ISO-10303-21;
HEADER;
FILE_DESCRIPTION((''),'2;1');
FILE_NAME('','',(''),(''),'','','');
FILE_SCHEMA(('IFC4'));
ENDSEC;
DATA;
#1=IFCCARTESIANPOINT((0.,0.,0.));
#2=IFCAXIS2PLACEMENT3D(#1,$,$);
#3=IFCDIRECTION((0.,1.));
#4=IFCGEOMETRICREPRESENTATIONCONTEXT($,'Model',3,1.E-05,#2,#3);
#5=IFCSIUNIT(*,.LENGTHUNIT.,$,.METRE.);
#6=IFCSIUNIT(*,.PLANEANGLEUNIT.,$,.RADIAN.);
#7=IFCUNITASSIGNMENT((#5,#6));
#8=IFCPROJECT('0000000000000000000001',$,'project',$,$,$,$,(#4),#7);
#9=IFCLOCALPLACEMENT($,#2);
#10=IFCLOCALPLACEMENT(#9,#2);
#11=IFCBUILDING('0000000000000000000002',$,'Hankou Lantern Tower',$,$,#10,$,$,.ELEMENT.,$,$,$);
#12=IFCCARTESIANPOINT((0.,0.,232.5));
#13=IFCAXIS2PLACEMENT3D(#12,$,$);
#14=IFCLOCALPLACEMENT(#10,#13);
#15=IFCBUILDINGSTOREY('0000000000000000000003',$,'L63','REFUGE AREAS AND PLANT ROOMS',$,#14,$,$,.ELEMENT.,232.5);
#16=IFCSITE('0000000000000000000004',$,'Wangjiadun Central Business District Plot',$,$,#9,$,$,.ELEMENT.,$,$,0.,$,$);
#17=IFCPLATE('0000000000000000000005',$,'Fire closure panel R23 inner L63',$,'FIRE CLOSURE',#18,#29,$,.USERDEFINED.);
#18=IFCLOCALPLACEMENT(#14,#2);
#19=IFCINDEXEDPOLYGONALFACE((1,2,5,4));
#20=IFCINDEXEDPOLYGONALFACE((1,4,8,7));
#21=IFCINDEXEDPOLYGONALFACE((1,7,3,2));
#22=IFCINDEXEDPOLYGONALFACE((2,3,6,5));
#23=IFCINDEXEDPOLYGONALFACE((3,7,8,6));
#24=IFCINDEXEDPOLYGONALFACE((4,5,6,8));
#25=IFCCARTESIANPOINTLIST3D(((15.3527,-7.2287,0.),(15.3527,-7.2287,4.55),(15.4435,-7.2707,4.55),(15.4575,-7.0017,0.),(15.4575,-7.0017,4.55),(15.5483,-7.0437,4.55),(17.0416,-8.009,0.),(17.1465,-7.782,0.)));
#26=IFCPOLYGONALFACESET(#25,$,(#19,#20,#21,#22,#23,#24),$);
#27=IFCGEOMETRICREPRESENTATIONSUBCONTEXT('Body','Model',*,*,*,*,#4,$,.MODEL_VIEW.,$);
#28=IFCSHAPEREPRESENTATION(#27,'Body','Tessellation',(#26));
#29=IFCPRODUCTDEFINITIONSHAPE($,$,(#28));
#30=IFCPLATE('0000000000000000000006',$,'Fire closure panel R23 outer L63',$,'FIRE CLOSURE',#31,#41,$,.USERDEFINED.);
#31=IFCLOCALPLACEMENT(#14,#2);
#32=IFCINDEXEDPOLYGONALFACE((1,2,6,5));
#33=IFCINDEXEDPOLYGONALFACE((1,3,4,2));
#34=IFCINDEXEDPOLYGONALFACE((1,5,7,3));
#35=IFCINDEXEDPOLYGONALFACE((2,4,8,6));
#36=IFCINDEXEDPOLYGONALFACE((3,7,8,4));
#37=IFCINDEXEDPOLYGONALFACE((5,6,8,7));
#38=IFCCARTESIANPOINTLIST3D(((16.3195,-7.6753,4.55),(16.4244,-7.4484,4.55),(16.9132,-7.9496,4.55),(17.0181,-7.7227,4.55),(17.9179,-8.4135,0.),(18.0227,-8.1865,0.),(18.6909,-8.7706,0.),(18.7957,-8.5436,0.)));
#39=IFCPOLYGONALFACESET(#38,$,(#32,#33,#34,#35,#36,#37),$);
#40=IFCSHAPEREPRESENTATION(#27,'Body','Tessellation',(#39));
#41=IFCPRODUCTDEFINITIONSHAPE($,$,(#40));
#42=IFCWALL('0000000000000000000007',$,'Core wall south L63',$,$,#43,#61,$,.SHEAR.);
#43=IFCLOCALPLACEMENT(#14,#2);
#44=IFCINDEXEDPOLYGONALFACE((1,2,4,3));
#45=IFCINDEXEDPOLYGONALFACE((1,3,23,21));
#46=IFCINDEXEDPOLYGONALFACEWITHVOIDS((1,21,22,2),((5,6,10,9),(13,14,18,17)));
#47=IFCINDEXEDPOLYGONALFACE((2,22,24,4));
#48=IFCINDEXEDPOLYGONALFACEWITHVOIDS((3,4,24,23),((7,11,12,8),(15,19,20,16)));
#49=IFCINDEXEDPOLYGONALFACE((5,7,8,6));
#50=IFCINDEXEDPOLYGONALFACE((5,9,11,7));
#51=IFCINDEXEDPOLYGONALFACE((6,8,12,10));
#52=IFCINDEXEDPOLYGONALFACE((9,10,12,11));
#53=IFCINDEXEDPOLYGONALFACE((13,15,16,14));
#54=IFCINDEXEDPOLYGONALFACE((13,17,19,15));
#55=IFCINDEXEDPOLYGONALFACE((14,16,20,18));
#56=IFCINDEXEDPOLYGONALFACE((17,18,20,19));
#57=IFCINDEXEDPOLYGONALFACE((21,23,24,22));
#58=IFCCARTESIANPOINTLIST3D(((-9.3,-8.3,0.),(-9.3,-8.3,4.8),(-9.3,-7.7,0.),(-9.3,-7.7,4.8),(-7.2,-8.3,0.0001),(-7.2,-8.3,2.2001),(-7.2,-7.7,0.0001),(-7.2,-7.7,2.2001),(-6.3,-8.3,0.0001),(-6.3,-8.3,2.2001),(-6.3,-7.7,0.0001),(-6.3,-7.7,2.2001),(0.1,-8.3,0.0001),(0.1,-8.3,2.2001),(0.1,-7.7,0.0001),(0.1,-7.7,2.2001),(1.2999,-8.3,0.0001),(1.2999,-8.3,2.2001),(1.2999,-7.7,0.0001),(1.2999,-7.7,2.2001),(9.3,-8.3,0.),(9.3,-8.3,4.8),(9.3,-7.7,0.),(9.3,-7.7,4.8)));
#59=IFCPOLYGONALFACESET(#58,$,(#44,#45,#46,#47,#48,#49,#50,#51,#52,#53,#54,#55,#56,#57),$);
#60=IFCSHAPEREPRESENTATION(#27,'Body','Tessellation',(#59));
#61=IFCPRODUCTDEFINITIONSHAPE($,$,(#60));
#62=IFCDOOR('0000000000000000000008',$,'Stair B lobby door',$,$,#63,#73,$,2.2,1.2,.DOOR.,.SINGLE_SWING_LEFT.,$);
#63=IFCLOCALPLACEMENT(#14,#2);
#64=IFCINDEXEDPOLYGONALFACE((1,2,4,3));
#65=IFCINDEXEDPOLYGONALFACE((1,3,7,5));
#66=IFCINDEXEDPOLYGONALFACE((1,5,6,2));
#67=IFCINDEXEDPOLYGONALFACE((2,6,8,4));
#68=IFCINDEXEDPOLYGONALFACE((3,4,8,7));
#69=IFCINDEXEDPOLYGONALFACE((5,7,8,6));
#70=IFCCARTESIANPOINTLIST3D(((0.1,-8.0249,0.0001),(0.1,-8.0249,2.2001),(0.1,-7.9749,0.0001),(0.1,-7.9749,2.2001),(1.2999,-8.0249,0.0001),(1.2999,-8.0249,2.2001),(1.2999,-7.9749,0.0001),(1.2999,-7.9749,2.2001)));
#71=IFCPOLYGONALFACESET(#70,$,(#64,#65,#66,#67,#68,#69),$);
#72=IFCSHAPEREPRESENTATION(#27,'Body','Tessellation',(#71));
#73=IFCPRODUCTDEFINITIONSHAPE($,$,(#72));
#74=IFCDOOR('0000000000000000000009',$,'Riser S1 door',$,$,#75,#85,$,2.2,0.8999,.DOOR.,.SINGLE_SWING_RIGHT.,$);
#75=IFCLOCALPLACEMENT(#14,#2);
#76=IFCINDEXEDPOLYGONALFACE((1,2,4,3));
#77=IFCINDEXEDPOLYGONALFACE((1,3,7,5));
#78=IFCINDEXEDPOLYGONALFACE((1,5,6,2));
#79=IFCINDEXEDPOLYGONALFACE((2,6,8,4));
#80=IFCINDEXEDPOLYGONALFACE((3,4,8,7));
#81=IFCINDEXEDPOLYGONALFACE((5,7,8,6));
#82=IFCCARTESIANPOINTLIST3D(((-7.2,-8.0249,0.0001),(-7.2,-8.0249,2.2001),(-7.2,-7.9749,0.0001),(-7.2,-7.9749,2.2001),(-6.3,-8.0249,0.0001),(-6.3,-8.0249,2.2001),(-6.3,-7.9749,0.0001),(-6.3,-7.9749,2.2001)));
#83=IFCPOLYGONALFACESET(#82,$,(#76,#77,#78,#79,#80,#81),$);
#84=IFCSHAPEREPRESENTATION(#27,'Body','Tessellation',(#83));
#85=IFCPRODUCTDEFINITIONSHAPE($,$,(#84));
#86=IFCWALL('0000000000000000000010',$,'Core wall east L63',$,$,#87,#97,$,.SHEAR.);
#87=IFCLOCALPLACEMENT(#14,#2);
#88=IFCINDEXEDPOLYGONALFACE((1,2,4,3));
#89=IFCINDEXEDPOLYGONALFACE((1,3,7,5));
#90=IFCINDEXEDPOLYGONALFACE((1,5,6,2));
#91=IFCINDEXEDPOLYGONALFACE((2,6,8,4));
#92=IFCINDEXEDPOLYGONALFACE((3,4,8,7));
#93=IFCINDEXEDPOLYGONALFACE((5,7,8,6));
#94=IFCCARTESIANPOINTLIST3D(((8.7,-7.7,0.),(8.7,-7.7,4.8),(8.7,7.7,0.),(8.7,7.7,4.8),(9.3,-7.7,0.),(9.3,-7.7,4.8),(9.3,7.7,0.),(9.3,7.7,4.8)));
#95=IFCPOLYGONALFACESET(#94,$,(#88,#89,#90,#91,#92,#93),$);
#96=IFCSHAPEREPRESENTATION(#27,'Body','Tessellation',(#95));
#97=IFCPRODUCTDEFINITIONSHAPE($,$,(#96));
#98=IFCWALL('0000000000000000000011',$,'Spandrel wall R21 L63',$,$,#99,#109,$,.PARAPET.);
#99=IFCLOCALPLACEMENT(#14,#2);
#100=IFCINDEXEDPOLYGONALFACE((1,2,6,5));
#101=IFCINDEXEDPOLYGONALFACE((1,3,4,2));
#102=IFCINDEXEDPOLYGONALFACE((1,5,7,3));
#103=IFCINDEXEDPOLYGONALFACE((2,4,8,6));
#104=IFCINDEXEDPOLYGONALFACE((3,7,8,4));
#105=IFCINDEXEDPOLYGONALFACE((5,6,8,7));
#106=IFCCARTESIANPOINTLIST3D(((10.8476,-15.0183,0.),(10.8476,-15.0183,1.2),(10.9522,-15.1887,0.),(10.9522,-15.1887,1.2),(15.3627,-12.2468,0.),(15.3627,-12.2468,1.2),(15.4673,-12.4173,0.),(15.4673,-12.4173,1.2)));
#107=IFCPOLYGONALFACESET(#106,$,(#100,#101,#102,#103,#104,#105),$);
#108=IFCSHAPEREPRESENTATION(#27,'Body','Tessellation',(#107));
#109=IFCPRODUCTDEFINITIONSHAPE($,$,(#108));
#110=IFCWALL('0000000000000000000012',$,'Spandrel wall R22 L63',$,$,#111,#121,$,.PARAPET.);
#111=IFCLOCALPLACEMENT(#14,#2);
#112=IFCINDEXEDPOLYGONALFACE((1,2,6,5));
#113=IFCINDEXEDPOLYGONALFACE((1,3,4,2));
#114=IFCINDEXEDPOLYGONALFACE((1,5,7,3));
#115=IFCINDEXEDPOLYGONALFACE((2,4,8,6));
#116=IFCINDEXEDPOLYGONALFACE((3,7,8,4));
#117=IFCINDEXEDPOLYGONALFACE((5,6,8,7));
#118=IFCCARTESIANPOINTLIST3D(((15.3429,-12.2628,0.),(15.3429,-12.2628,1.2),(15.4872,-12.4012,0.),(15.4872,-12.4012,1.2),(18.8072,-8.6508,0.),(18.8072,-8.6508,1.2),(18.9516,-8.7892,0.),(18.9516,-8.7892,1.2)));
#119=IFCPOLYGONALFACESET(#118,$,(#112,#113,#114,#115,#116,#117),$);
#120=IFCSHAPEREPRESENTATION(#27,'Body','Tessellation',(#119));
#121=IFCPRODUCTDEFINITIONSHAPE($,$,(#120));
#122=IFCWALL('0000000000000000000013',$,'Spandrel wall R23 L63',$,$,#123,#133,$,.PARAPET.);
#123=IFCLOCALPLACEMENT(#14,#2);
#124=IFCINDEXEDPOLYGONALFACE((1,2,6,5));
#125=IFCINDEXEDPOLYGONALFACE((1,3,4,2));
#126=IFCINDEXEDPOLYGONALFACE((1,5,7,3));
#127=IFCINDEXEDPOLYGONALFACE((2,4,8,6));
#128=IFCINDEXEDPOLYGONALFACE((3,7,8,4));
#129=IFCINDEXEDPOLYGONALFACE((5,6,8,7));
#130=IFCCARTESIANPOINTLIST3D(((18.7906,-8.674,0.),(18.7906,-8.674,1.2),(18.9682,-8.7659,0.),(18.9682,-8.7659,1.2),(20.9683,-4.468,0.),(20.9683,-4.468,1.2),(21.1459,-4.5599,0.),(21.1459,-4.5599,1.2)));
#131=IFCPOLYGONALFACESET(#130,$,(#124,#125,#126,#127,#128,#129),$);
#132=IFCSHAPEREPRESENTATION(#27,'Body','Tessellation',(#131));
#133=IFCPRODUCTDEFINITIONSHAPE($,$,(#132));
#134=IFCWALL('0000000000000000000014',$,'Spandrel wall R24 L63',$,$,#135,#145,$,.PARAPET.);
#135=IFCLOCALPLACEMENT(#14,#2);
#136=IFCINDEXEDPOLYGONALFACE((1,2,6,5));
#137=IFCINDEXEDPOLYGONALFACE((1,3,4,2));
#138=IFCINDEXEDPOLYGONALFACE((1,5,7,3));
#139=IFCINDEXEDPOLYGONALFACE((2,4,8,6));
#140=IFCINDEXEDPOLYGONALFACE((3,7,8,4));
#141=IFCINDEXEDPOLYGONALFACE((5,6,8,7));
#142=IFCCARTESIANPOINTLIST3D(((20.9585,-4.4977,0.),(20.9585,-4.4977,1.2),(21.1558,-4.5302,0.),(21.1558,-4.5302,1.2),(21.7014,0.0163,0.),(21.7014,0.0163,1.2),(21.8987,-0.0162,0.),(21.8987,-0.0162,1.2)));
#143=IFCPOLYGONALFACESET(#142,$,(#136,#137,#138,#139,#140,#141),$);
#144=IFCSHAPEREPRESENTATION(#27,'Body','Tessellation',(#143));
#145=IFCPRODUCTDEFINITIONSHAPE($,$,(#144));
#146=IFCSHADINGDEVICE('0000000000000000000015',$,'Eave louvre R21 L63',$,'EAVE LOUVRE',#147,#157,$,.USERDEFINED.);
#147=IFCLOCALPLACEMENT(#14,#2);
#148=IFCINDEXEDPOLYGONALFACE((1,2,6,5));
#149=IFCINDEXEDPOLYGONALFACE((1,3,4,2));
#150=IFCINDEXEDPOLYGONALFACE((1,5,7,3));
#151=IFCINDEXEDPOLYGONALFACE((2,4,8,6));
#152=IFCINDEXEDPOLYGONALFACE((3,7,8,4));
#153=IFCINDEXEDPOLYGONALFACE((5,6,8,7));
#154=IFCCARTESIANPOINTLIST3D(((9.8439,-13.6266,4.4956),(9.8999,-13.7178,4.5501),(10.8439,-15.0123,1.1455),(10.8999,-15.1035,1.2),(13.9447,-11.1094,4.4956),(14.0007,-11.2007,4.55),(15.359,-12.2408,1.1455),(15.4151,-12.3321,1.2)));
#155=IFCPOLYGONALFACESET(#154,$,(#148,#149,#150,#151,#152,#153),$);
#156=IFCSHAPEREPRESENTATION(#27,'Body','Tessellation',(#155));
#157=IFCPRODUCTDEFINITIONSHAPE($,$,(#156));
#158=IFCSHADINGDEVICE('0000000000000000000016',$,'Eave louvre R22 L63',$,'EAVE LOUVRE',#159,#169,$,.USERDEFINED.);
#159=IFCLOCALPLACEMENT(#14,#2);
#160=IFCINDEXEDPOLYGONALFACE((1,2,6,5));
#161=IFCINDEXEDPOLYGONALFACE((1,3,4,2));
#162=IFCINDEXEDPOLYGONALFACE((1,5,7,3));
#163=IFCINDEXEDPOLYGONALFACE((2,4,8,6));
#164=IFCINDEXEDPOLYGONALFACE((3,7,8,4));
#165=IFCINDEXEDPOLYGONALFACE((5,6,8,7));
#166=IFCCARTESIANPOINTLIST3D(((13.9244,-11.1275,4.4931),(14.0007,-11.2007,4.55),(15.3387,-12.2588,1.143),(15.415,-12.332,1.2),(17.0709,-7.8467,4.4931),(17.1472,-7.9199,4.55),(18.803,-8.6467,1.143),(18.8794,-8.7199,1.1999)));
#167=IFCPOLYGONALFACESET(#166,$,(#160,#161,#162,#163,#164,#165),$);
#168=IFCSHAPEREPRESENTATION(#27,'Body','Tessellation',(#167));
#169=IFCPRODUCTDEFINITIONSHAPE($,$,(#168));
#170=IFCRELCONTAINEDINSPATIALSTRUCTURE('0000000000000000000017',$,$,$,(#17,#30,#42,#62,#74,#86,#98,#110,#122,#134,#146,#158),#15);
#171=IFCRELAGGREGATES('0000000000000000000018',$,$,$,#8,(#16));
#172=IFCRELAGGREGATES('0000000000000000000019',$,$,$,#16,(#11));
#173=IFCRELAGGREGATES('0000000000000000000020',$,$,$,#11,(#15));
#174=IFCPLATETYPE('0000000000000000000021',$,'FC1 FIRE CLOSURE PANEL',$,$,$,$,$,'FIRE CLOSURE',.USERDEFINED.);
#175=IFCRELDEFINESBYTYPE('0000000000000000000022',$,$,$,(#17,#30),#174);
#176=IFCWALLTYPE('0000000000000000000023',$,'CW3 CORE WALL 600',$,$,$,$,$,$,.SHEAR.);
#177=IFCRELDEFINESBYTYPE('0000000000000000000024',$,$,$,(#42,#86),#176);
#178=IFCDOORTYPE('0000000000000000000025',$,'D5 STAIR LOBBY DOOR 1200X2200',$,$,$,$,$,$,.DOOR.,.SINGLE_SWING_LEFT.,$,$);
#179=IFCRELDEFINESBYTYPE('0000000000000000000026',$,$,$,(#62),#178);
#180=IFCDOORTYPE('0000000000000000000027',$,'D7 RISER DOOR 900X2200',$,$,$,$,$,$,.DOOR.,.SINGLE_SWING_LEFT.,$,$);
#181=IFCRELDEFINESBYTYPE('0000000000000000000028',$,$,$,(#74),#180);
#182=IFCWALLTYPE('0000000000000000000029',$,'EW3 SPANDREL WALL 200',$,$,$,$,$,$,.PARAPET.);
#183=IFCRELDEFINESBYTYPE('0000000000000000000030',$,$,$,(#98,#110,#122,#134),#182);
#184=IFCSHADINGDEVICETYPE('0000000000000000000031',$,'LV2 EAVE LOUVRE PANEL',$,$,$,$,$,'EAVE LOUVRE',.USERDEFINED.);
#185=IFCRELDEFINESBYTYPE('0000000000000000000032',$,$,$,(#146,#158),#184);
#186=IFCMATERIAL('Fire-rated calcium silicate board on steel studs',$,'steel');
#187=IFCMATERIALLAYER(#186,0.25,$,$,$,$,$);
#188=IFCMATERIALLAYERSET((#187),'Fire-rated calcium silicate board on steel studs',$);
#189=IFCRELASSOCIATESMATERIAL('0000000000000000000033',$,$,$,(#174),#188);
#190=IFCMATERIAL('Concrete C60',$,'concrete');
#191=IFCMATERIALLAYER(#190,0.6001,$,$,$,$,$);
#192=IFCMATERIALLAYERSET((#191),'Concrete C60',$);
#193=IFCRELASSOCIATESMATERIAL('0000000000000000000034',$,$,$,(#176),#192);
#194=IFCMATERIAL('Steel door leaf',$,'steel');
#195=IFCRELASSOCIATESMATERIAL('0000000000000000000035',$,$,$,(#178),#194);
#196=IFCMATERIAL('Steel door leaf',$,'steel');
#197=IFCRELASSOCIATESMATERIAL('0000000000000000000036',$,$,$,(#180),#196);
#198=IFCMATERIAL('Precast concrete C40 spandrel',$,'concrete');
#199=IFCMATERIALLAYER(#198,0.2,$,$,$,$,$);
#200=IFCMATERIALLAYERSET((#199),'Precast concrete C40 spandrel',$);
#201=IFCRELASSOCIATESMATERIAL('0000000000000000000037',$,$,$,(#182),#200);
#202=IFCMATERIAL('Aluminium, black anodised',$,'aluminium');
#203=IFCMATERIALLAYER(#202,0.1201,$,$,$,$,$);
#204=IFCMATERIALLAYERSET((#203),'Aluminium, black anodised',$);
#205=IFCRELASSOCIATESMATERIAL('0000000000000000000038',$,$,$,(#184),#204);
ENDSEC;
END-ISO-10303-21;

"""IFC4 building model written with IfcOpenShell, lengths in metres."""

from ifc_helpers import new_model, si_unit, direction, frame, frame_2d, origin, place, context, subcontext, project, spatial, polyline, rectangle, outline, extrude, material, layer, layer_set, type_object, element, fill, save


model = new_model("IFC4")

# Units and contexts
model_context = context("Model", 3, precision=1e-05, world=origin(), true_north=direction((0.0, 1.0)))
body_context = subcontext(model_context, "Body", "Model", "MODEL_VIEW")
ifc_project = project(units=[si_unit("LENGTHUNIT", "METRE"), si_unit("PLANEANGLEUNIT", "RADIAN")], contexts=[model_context])

# Site, building, storey
site_placement = place(None, origin())
site = spatial("IfcSite", under=ifc_project, at=site_placement, Name="Wangjiadun Central Business District Plot", CompositionType="ELEMENT", RefElevation=0.0)
building_placement = place(site_placement, origin())
building = spatial("IfcBuilding", under=site, at=building_placement, Name="Hankou Lantern Tower", CompositionType="ELEMENT")
storey_placement = place(building_placement, frame((0.0, 0.0, 232.5)))
storey = spatial("IfcBuildingStorey", under=building, at=storey_placement, Name="L63", Description="REFUGE AREAS AND PLANT ROOMS", CompositionType="ELEMENT", Elevation=232.5)

# Plates
ifc_material_1 = material(Name="Fire-rated calcium silicate board on steel studs", Category="steel")
ifc_layer_1 = layer(ifc_material_1, 0.25)
ifc_layer_set_1 = layer_set([ifc_layer_1], Name="Fire-rated calcium silicate board on steel studs")
plate_type = type_object("IfcPlateType", Name="FC1 FIRE CLOSURE PANEL", ElementType="FIRE CLOSURE", PredefinedType="USERDEFINED", material=ifc_layer_set_1)
plate_1_placement = place(storey_placement, frame((15.4575, -7.0017, 0.0), z_axis=(0.419406, 0.907799, 0.000007), x_axis=(0.907799, -0.419406, 0.0)))
element("IfcPlate", 1, at=plate_1_placement, inside=storey, type_object=plate_type, Name="Fire closure panel R23 inner L63", ObjectType="FIRE CLOSURE", PredefinedType="USERDEFINED", context=body_context, shape_type="SweptSolid", body=[
    extrude(outline(polyline([(0.0, 0.0), (1.8605, 0.0), (0.1001, -4.55), (0.0, -4.55), (0.0, 0.0)])), origin(), (0.0, 0.0, -1.0), 0.25),
])
plate_2_placement = place(storey_placement, frame((18.0227, -8.1865, 0.0), z_axis=(0.419367, 0.907817, 0.000045), x_axis=(0.907817, -0.419367, 0.0)))
element("IfcPlate", 2, at=plate_2_placement, inside=storey, type_object=plate_type, Name="Fire closure panel R23 outer L63", ObjectType="FIRE CLOSURE", PredefinedType="USERDEFINED", context=body_context, shape_type="SweptSolid", body=[
    extrude(outline(polyline([(0.0, 0.0), (0.8515, 0.0), (-1.1066, -4.55), (-1.7606, -4.55), (0.0, 0.0)])), origin(), (0.0, 0.0, -1.0), 0.25),
])

# Wall, openings, doors
ifc_material_2 = material(Name="Concrete C60", Category="concrete")
ifc_layer_2 = layer(ifc_material_2, 0.6001)
ifc_layer_set_2 = layer_set([ifc_layer_2], Name="Concrete C60")
wall_type_1 = type_object("IfcWallType", Name="CW3 CORE WALL 600", PredefinedType="SHEAR", material=ifc_layer_set_2)
wall_1_placement = place(storey_placement, frame((9.3, -8.0, 0.0), z_axis=(0.0, 0.0, 1.0), x_axis=(-1.0, 0.0, 0.0)))
wall_1 = element("IfcWall", 3, at=wall_1_placement, inside=storey, type_object=wall_type_1, Name="Core wall south L63", PredefinedType="SHEAR", context=body_context, shape_type="SweptSolid", body=[
    extrude(rectangle(XDim=18.6001, YDim=0.6001, at=frame_2d((9.3, 0.0))), origin(), (0.0, 0.0, 1.0), 4.8),
])
opening_1_placement = place(wall_1_placement, frame((8.0, 0.0, 0.0)))
opening_1 = element("IfcOpeningElement", 4, at=opening_1_placement, cuts=wall_1, PredefinedType="OPENING", context=body_context, shape_type="SweptSolid", body=[
    extrude(rectangle(XDim=1.2, YDim=2.2, at=frame_2d((0.6001, 1.1001))), frame((0.0, 0.3101, 0.0), z_axis=(0.0, -1.0, 0.0), x_axis=(1.0, 0.0, 0.0)), (0.0, 0.0, 1.0), 0.6201),
])
opening_2_placement = place(wall_1_placement, frame((15.6001, 0.0, 0.0)))
opening_2 = element("IfcOpeningElement", 5, at=opening_2_placement, cuts=wall_1, PredefinedType="OPENING", context=body_context, shape_type="SweptSolid", body=[
    extrude(rectangle(XDim=0.8999, YDim=2.2, at=frame_2d((0.45, 1.1001))), frame((0.0, 0.3101, 0.0), z_axis=(0.0, -1.0, 0.0), x_axis=(1.0, 0.0, 0.0)), (0.0, 0.0, 1.0), 0.6201),
])
ifc_material_3 = material(Name="Steel door leaf", Category="steel")
door_type_1 = type_object("IfcDoorType", Name="D5 STAIR LOBBY DOOR 1200X2200", OperationType="SINGLE_SWING_LEFT", PredefinedType="DOOR", material=ifc_material_3)
door_1_placement = place(opening_1_placement, origin())
door_1 = element("IfcDoor", 6, at=door_1_placement, inside=storey, type_object=door_type_1, Name="Stair B lobby door", OperationType="SINGLE_SWING_LEFT", OverallHeight=2.2, OverallWidth=1.2, PredefinedType="DOOR", context=body_context, shape_type="SweptSolid", body=[
    extrude(rectangle(XDim=1.2, YDim=2.2, at=frame_2d((0.6001, 1.1001))), frame((0.0, 0.0249, 0.0), z_axis=(0.0, -1.0, 0.0), x_axis=(1.0, 0.0, 0.0)), (0.0, 0.0, 1.0), 0.05),
])
fill(opening_1, door_1)
ifc_material_4 = material(Name="Steel door leaf", Category="steel")
door_type_2 = type_object("IfcDoorType", Name="D7 RISER DOOR 900X2200", OperationType="SINGLE_SWING_LEFT", PredefinedType="DOOR", material=ifc_material_4)
door_2_placement = place(opening_2_placement, origin())
door_2 = element("IfcDoor", 7, at=door_2_placement, inside=storey, type_object=door_type_2, Name="Riser S1 door", OperationType="SINGLE_SWING_RIGHT", OverallHeight=2.2, OverallWidth=0.8999, PredefinedType="DOOR", context=body_context, shape_type="SweptSolid", body=[
    extrude(rectangle(XDim=0.8999, YDim=2.2, at=frame_2d((0.45, 1.1001))), frame((0.0, 0.0249, 0.0), z_axis=(0.0, -1.0, 0.0), x_axis=(1.0, 0.0, 0.0)), (0.0, 0.0, 1.0), 0.05),
])
fill(opening_2, door_2)

# Walls
wall_2_placement = place(storey_placement, frame((9.0, -7.7, 0.0), z_axis=(0.0, 0.0, 1.0), x_axis=(0.0, 1.0, 0.0)))
element("IfcWall", 8, at=wall_2_placement, inside=storey, type_object=wall_type_1, Name="Core wall east L63", PredefinedType="SHEAR", context=body_context, shape_type="SweptSolid", body=[
    extrude(rectangle(XDim=15.3999, YDim=0.6001, at=frame_2d((7.7, 0.0))), origin(), (0.0, 0.0, 1.0), 4.8),
])
ifc_material_5 = material(Name="Precast concrete C40 spandrel", Category="concrete")
ifc_layer_3 = layer(ifc_material_5, 0.2)
ifc_layer_set_3 = layer_set([ifc_layer_3], Name="Precast concrete C40 spandrel")
wall_type_2 = type_object("IfcWallType", Name="EW3 SPANDREL WALL 200", PredefinedType="PARAPET", material=ifc_layer_set_3)
wall_3_placement = place(storey_placement, frame((10.8999, -15.1035, 0.0), z_axis=(0.0, 0.0, 1.0), x_axis=(0.852253, 0.52313, 0.0)))
element("IfcWall", 9, at=wall_3_placement, inside=storey, type_object=wall_type_2, Name="Spandrel wall R21 L63", PredefinedType="PARAPET", context=body_context, shape_type="SweptSolid", body=[
    extrude(rectangle(XDim=5.2979, YDim=0.2, at=frame_2d((2.6489, 0.0))), origin(), (0.0, 0.0, 1.0), 1.2),
])
wall_4_placement = place(storey_placement, frame((15.415, -12.332, 0.0), z_axis=(0.0, 0.0, 1.0), x_axis=(0.692197, 0.721709, 0.0)))
element("IfcWall", 10, at=wall_4_placement, inside=storey, type_object=wall_type_2, Name="Spandrel wall R22 L63", PredefinedType="PARAPET", context=body_context, shape_type="SweptSolid", body=[
    extrude(rectangle(XDim=5.0049, YDim=0.2, at=frame_2d((2.5024, 0.0))), origin(), (0.0, 0.0, 1.0), 1.2),
])
wall_5_placement = place(storey_placement, frame((18.8794, -8.72, 0.0), z_axis=(0.0, 0.0, 1.0), x_axis=(0.459787, 0.888029, 0.0)))
element("IfcWall", 11, at=wall_5_placement, inside=storey, type_object=wall_type_2, Name="Spandrel wall R23 L63", PredefinedType="PARAPET", context=body_context, shape_type="SweptSolid", body=[
    extrude(rectangle(XDim=4.7363, YDim=0.2, at=frame_2d((2.3682, 0.0))), origin(), (0.0, 0.0, 1.0), 1.2),
])
wall_6_placement = place(storey_placement, frame((21.0571, -4.5139, 0.0), z_axis=(0.0, 0.0, 1.0), x_axis=(0.1624, 0.986725, 0.0)))
element("IfcWall", 12, at=wall_6_placement, inside=storey, type_object=wall_type_2, Name="Spandrel wall R24 L63", PredefinedType="PARAPET", context=body_context, shape_type="SweptSolid", body=[
    extrude(rectangle(XDim=4.5747, YDim=0.2, at=frame_2d((2.2874, 0.0))), origin(), (0.0, 0.0, 1.0), 1.2),
])

# Shading devices
ifc_material_6 = material(Name="Aluminium, black anodised", Category="aluminium")
ifc_layer_4 = layer(ifc_material_6, 0.1201)
ifc_layer_set_4 = layer_set([ifc_layer_4], Name="Aluminium, black anodised")
shading_device_type = type_object("IfcShadingDeviceType", Name="LV2 EAVE LOUVRE PANEL", ElementType="EAVE LOUVRE", PredefinedType="USERDEFINED", material=ifc_layer_set_4)
shading_device_1_placement = place(storey_placement, frame((10.8999, -15.1035, 1.2), z_axis=(0.466268, -0.759629, 0.453385), x_axis=(0.852256, 0.523126, 0.000003)))
element("IfcShadingDevice", 13, at=shading_device_1_placement, inside=storey, type_object=shading_device_type, Name="Eave louvre R21 L63", ObjectType="EAVE LOUVRE", PredefinedType="USERDEFINED", context=body_context, shape_type="SweptSolid", body=[
    extrude(outline(polyline([(0.0, 0.0), (5.2979, 0.0), (4.6844, 3.7586), (-0.1273, 3.7586), (0.0, 0.0)])), origin(), (0.0, 0.0, -1.0), 0.1201),
])
shading_device_2_placement = place(storey_placement, frame((15.415, -12.332, 1.2), z_axis=(0.635451, -0.609455, 0.474096), x_axis=(0.692192, 0.721714, -0.000004)))
element("IfcShadingDevice", 14, at=shading_device_2_placement, inside=storey, type_object=shading_device_type, Name="Eave louvre R22 L63", ObjectType="EAVE LOUVRE", PredefinedType="USERDEFINED", context=body_context, shape_type="SweptSolid", body=[
    extrude(outline(polyline([(0.0, 0.0), (5.0049, 0.0), (4.3833, 3.8049), (-0.1625, 3.8049), (0.0, 0.0)])), origin(), (0.0, 0.0, -1.0), 0.1201),
])

save(model, "model.ifc")
